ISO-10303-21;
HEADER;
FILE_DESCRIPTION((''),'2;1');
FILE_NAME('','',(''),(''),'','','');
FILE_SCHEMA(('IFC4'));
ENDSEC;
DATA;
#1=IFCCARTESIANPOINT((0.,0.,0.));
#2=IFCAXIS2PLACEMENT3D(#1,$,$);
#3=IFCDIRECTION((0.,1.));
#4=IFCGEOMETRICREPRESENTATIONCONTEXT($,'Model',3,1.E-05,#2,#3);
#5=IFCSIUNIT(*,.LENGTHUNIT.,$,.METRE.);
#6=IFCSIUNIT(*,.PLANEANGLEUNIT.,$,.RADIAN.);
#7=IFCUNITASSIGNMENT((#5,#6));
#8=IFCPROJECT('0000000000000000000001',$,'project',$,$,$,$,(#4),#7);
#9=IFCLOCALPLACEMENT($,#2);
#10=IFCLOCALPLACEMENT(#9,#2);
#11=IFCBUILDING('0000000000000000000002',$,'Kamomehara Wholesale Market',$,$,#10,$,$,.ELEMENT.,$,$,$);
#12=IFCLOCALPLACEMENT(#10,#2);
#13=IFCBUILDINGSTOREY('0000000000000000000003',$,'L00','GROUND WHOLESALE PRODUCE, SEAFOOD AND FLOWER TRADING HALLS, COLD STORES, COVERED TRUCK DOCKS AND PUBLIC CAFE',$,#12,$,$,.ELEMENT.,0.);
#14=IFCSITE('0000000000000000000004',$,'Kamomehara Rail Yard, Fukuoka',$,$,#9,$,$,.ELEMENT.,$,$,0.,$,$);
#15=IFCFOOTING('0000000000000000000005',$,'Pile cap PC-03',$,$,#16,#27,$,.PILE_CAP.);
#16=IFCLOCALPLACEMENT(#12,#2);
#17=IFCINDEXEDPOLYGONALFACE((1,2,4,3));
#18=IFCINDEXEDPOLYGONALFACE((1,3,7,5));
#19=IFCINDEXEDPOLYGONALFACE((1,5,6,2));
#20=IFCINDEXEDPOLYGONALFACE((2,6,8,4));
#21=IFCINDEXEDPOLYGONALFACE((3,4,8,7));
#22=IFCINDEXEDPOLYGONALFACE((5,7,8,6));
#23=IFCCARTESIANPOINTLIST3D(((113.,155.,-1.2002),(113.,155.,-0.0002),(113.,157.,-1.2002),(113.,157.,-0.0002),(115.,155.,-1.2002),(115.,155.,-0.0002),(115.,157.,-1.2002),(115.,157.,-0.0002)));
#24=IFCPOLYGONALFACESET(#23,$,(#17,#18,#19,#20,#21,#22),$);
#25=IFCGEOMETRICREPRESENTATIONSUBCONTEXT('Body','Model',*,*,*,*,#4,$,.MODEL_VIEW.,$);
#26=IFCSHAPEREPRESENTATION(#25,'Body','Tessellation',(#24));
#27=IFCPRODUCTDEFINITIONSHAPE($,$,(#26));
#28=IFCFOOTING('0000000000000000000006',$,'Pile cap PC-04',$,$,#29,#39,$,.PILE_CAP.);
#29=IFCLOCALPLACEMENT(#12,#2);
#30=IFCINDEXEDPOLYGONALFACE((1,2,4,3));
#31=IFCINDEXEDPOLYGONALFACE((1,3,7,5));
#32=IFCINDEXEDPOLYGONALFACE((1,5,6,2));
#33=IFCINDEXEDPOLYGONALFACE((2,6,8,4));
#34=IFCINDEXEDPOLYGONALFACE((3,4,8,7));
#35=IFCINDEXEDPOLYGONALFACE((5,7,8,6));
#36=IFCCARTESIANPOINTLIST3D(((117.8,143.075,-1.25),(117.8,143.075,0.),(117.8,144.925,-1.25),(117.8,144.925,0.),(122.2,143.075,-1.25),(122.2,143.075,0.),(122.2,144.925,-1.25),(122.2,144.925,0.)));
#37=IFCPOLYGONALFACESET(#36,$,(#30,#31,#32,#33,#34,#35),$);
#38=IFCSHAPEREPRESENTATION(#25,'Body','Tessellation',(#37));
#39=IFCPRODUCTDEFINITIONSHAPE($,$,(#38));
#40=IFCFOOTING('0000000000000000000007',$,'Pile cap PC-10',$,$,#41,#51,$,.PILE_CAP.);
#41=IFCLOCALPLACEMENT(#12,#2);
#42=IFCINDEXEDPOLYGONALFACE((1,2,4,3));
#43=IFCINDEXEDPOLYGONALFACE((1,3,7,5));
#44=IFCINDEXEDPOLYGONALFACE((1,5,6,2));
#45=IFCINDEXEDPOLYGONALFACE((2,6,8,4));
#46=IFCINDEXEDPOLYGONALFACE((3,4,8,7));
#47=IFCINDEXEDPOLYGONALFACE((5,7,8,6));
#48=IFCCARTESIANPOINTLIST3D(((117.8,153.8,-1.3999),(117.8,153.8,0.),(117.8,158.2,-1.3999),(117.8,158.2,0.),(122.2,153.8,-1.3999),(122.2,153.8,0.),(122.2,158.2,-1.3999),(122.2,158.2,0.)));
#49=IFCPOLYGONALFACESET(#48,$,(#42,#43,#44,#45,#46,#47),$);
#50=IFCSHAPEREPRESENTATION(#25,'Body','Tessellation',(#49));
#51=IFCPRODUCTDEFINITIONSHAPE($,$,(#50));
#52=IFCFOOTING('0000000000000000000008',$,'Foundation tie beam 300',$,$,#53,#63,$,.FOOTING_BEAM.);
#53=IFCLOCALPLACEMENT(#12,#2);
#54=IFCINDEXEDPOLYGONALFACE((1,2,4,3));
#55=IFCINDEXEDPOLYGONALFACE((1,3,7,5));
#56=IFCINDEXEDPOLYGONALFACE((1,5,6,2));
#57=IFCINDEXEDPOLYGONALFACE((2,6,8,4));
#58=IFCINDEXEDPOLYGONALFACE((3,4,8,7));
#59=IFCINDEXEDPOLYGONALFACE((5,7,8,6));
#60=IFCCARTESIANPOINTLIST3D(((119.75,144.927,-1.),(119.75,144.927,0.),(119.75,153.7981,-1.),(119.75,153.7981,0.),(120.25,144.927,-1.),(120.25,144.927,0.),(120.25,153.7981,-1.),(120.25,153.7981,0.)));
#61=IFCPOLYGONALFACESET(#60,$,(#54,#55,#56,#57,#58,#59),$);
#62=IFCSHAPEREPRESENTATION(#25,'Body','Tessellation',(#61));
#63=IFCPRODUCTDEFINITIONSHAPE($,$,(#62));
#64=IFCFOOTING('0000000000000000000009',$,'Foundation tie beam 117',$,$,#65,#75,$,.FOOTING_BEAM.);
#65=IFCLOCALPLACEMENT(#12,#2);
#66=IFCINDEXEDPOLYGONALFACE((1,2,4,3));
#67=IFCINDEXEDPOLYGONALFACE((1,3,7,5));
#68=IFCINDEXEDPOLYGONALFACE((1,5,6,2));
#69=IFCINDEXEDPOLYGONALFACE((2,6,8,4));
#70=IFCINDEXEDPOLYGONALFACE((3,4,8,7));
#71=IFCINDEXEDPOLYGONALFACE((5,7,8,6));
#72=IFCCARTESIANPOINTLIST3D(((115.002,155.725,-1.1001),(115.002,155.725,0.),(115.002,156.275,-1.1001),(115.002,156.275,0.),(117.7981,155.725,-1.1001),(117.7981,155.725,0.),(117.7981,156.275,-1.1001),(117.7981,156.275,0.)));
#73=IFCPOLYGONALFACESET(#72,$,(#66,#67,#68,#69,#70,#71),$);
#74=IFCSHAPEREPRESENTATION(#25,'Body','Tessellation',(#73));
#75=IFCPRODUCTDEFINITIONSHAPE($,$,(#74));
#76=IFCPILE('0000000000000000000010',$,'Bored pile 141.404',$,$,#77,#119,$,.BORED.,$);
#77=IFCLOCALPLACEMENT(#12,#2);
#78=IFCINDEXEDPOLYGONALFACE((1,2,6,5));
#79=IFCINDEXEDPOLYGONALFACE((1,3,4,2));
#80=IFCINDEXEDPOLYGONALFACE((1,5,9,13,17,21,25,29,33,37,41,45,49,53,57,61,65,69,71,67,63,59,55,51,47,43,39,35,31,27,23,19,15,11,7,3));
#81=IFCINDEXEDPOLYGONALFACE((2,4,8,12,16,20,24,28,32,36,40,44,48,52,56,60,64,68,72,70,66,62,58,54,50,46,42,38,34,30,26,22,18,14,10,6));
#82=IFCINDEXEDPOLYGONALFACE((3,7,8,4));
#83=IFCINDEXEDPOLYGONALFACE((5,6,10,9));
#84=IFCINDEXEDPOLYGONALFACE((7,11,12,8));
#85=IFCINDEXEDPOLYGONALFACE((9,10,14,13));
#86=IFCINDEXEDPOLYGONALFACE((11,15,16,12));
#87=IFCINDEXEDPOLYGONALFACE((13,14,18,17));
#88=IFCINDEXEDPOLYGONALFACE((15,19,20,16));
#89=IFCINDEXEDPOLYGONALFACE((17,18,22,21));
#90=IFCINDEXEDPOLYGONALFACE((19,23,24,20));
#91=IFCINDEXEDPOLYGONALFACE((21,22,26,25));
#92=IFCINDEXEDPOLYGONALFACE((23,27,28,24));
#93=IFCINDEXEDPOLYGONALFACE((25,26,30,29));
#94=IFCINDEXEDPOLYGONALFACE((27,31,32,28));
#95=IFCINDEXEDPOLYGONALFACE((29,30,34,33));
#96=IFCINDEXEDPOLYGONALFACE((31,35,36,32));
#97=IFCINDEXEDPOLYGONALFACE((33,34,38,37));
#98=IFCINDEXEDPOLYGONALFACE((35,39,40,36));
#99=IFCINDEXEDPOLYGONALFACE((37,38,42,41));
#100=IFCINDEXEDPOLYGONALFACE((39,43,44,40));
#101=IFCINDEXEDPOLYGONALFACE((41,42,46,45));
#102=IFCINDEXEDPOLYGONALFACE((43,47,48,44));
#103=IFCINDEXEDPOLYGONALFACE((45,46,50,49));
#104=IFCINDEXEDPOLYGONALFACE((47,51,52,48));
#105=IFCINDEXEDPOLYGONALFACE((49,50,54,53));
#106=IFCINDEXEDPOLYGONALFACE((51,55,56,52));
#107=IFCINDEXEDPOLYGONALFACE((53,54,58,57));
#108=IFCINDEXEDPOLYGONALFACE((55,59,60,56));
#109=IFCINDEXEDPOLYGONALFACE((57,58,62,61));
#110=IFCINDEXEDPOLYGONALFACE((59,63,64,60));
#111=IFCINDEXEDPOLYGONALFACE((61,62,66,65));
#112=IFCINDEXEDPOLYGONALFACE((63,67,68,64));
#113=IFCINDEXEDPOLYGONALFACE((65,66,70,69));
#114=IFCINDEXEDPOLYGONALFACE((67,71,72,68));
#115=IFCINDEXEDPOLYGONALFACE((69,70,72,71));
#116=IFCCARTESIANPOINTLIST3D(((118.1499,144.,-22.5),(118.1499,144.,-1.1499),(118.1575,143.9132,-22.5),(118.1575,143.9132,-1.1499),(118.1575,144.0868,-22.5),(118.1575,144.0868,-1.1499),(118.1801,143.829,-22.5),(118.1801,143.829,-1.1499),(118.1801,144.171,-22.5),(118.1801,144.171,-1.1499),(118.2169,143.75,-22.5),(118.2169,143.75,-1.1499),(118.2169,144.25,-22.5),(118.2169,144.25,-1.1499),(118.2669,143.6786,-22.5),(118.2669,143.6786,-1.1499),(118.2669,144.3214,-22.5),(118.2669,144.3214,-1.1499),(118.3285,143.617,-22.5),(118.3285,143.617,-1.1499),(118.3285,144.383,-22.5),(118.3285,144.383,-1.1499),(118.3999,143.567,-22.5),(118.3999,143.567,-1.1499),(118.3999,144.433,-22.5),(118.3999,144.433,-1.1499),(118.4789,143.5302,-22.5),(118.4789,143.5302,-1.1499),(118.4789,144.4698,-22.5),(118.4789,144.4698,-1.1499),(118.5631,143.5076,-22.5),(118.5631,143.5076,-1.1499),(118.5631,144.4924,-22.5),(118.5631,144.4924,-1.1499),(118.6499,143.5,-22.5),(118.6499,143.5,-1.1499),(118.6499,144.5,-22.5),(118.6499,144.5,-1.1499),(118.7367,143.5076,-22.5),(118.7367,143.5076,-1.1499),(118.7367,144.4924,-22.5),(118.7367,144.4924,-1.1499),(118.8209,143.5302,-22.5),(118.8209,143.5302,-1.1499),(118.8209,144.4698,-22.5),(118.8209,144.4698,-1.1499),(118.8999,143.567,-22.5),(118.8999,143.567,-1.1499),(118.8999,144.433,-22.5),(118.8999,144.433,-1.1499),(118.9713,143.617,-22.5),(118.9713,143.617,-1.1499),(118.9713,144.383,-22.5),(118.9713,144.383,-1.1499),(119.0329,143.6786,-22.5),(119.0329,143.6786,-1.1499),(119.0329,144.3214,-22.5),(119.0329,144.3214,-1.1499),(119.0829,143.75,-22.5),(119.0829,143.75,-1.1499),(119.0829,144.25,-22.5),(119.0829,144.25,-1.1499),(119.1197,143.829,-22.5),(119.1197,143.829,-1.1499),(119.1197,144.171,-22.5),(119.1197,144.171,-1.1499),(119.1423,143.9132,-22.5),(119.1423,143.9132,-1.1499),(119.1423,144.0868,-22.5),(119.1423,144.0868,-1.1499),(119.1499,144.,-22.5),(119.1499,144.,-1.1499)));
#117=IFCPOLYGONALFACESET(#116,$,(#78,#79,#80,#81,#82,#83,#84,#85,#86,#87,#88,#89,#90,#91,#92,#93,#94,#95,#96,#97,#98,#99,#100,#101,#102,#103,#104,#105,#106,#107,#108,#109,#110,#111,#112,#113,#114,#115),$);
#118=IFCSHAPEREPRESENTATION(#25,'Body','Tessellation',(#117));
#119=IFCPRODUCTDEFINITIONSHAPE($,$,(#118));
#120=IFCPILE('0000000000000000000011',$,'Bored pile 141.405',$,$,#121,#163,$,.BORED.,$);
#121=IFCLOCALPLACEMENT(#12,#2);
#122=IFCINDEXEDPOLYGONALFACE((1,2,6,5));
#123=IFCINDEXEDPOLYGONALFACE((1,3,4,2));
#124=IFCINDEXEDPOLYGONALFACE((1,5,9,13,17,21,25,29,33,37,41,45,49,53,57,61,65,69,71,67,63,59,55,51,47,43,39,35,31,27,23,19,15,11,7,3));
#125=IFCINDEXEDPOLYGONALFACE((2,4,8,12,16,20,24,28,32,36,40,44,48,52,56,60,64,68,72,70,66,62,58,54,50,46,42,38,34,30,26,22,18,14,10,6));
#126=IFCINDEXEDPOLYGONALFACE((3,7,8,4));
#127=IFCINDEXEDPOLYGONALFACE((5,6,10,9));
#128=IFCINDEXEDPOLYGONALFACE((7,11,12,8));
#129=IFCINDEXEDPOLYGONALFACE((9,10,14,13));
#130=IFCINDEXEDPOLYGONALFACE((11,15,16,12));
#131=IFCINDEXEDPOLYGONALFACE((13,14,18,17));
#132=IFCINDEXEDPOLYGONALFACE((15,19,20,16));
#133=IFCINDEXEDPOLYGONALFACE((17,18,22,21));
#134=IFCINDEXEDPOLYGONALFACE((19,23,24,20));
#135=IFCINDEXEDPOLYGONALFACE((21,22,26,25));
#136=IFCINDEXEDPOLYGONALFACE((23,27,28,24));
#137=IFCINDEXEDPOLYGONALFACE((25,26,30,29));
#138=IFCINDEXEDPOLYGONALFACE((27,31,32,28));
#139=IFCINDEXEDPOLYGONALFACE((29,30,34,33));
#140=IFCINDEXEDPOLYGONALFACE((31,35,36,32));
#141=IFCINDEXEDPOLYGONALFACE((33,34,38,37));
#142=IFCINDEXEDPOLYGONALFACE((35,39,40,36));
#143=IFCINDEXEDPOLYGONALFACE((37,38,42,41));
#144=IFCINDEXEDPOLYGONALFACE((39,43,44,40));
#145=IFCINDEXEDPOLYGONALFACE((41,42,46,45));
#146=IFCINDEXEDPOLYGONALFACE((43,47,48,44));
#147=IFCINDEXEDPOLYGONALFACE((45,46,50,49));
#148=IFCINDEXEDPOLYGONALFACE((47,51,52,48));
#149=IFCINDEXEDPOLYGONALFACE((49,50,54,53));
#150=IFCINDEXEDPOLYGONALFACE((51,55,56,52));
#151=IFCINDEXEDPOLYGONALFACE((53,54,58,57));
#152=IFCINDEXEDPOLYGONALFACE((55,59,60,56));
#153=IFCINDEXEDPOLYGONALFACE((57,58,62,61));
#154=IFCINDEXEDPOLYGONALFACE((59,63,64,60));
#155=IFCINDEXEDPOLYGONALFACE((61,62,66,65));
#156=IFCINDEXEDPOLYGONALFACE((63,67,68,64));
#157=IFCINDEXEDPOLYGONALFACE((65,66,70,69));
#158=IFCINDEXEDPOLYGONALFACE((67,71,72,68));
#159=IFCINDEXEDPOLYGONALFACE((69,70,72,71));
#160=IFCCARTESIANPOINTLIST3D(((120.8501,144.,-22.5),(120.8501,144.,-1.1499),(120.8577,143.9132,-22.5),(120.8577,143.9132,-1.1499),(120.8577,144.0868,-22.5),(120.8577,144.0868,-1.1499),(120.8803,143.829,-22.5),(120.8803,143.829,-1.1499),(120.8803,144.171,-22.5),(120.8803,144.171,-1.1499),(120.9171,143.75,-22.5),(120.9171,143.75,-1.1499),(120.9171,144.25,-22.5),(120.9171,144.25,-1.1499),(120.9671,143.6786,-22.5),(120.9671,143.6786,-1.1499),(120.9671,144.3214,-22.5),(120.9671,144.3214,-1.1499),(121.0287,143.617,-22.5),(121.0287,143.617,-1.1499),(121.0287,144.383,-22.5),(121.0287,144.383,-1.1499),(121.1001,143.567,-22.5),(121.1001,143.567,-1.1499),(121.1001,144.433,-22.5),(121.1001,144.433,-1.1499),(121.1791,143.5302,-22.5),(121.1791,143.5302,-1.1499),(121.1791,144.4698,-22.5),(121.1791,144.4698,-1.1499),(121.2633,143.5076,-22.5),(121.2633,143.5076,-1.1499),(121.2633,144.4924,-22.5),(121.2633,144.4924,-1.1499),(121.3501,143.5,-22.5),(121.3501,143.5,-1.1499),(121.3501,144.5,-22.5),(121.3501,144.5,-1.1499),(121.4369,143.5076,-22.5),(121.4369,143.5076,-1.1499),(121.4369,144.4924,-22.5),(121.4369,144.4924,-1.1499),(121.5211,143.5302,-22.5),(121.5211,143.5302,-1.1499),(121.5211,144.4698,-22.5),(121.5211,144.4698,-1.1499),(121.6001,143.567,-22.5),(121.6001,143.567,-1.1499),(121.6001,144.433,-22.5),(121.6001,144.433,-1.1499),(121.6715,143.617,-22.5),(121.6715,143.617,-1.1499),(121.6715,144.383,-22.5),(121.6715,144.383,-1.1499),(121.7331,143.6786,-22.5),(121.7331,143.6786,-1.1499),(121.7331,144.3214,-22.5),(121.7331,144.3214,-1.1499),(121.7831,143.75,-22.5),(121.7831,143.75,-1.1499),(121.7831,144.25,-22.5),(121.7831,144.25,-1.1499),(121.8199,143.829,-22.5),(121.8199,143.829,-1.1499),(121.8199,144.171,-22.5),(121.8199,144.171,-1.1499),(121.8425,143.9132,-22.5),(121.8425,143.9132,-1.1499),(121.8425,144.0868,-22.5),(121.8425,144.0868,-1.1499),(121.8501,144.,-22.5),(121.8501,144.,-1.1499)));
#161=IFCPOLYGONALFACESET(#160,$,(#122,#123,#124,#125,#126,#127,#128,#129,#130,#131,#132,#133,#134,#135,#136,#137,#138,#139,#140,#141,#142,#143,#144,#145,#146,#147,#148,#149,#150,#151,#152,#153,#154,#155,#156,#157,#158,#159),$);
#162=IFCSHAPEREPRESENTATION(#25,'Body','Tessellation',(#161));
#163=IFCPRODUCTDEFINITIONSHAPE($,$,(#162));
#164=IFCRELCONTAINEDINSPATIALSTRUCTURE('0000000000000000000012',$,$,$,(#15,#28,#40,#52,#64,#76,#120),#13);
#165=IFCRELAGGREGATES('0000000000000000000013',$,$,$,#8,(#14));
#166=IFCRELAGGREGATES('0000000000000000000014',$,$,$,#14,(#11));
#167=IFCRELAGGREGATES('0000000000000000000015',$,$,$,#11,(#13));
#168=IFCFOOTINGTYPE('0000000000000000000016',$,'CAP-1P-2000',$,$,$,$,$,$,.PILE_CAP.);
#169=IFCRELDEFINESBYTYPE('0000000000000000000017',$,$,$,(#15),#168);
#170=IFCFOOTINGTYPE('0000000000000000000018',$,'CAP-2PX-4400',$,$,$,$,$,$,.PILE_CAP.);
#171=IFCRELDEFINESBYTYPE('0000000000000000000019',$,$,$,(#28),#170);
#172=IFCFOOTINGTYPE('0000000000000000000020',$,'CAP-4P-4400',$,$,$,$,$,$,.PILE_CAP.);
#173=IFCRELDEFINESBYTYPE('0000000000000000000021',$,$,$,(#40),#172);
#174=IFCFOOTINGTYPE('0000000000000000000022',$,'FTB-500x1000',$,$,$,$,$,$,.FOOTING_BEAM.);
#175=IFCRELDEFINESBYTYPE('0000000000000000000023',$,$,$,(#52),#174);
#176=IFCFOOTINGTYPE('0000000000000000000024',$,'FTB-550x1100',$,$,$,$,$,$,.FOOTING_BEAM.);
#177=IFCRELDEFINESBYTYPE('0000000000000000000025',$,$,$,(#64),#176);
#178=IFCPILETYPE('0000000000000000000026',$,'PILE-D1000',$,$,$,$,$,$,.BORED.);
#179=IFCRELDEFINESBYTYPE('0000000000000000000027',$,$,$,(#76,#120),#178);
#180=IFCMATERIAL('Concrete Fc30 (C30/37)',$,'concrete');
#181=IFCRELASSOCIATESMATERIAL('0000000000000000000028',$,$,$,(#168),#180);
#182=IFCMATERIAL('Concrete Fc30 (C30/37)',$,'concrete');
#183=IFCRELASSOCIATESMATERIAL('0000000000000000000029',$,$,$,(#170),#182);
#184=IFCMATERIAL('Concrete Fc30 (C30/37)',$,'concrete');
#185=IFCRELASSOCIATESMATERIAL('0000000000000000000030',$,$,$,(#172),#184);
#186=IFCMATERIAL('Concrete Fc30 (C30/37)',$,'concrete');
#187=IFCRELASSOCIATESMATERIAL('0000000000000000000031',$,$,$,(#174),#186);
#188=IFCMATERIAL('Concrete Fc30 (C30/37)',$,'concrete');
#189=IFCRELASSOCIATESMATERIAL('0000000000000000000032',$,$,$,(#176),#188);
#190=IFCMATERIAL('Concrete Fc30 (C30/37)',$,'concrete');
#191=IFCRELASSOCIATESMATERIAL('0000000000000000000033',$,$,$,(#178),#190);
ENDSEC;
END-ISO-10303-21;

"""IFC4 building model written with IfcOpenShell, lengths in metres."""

from ifc_helpers import new_model, si_unit, direction, frame, origin, origin_2d, place, context, subcontext, project, spatial, rectangle, circle, extrude, material, material_profile, profile_set, type_object, element, save


model = new_model("IFC4")

# Units and contexts
model_context = context("Model", 3, precision=1e-05, world=origin(), true_north=direction((0.0, 1.0)))
body_context = subcontext(model_context, "Body", "Model", "MODEL_VIEW")
ifc_project = project(units=[si_unit("LENGTHUNIT", "METRE"), si_unit("PLANEANGLEUNIT", "RADIAN")], contexts=[model_context])

# Site, building, storey
site_placement = place(None, origin())
site = spatial("IfcSite", under=ifc_project, at=site_placement, Name="Kamomehara Rail Yard, Fukuoka", CompositionType="ELEMENT", RefElevation=0.0)
building_placement = place(site_placement, origin())
building = spatial("IfcBuilding", under=site, at=building_placement, Name="Kamomehara Wholesale Market", CompositionType="ELEMENT")
storey_placement = place(building_placement, origin())
storey = spatial("IfcBuildingStorey", under=building, at=storey_placement, Name="L00", Description="GROUND WHOLESALE PRODUCE, SEAFOOD AND FLOWER TRADING HALLS, COLD STORES, COVERED TRUCK DOCKS AND PUBLIC CAFE", CompositionType="ELEMENT", Elevation=0.0)

# Footings
ifc_material_1 = material(Name="Concrete Fc30 (C30/37)", Category="concrete")
footing_type_1 = type_object("IfcFootingType", Name="CAP-1P-2000", PredefinedType="PILE_CAP", material=ifc_material_1)
footing_1_placement = place(storey_placement, frame((114.0, 156.0, -1.2002), z_axis=(0.0, 0.0, 1.0), x_axis=(1.0, 0.0, 0.0)))
element("IfcFooting", 1, at=footing_1_placement, inside=storey, type_object=footing_type_1, Name="Pile cap PC-03", PredefinedType="PILE_CAP", context=body_context, shape_type="SweptSolid", body=[
    extrude(rectangle(XDim=2.0, YDim=2.0, at=origin_2d()), origin(), (0.0, 0.0, 1.0), 1.2),
])
ifc_material_2 = material(Name="Concrete Fc30 (C30/37)", Category="concrete")
footing_type_2 = type_object("IfcFootingType", Name="CAP-2PX-4400", PredefinedType="PILE_CAP", material=ifc_material_2)
footing_2_placement = place(storey_placement, frame((120.0, 144.0, -1.25), z_axis=(0.0, 0.0, 1.0), x_axis=(1.0, 0.0, 0.0)))
element("IfcFooting", 2, at=footing_2_placement, inside=storey, type_object=footing_type_2, Name="Pile cap PC-04", PredefinedType="PILE_CAP", context=body_context, shape_type="SweptSolid", body=[
    extrude(rectangle(XDim=4.3999, YDim=1.8501, at=origin_2d()), origin(), (0.0, 0.0, 1.0), 1.25),
])
ifc_material_3 = material(Name="Concrete Fc30 (C30/37)", Category="concrete")
footing_type_3 = type_object("IfcFootingType", Name="CAP-4P-4400", PredefinedType="PILE_CAP", material=ifc_material_3)
footing_3_placement = place(storey_placement, frame((120.0, 156.0, -1.3999), z_axis=(0.0, 0.0, 1.0), x_axis=(1.0, 0.0, 0.0)))
element("IfcFooting", 3, at=footing_3_placement, inside=storey, type_object=footing_type_3, Name="Pile cap PC-10", PredefinedType="PILE_CAP", context=body_context, shape_type="SweptSolid", body=[
    extrude(rectangle(XDim=4.3999, YDim=4.3999, at=origin_2d()), origin(), (0.0, 0.0, 1.0), 1.3999),
])
ifc_material_4 = material(Name="Concrete Fc30 (C30/37)", Category="concrete")
ifc_material_profile_1 = material_profile(ifc_material_4, rectangle(XDim=0.5, YDim=1.0, at=origin_2d()), Name="RC-FTB-500x1000")
ifc_profile_set_1 = profile_set([ifc_material_profile_1], Name="Concrete Fc30 (C30/37)")
footing_type_4 = type_object("IfcFootingType", Name="FTB-500x1000", PredefinedType="FOOTING_BEAM", material=ifc_profile_set_1)
footing_4_placement = place(storey_placement, frame((120.0, 144.927, -0.5), z_axis=(0.0, 1.0, 0.0), x_axis=(-1.0, 0.0, 0.0)))
element("IfcFooting", 4, at=footing_4_placement, inside=storey, type_object=footing_type_4, Name="Foundation tie beam 300", PredefinedType="FOOTING_BEAM", context=body_context, shape_type="SweptSolid", body=[
    extrude(rectangle(XDim=0.5, YDim=1.0, at=origin_2d()), origin(), (0.0, 0.0, 1.0), 8.8711),
])
ifc_material_5 = material(Name="Concrete Fc30 (C30/37)", Category="concrete")
ifc_material_profile_2 = material_profile(ifc_material_5, rectangle(XDim=0.55, YDim=1.1001, at=origin_2d()), Name="RC-FTB-550x1100")
ifc_profile_set_2 = profile_set([ifc_material_profile_2], Name="Concrete Fc30 (C30/37)")
footing_type_5 = type_object("IfcFootingType", Name="FTB-550x1100", PredefinedType="FOOTING_BEAM", material=ifc_profile_set_2)
footing_5_placement = place(storey_placement, frame((115.002, 156.0, -0.55), z_axis=(1.0, 0.0, 0.0), x_axis=(0.0, 1.0, 0.0)))
element("IfcFooting", 5, at=footing_5_placement, inside=storey, type_object=footing_type_5, Name="Foundation tie beam 117", PredefinedType="FOOTING_BEAM", context=body_context, shape_type="SweptSolid", body=[
    extrude(rectangle(XDim=0.55, YDim=1.1001, at=origin_2d()), origin(), (0.0, 0.0, 1.0), 2.7961),
])

# Piles
ifc_material_6 = material(Name="Concrete Fc30 (C30/37)", Category="concrete")
ifc_material_profile_3 = material_profile(ifc_material_6, circle(Radius=0.5, at=origin_2d()), Name="RC-PILE-D1000")
ifc_profile_set_3 = profile_set([ifc_material_profile_3], Name="Concrete Fc30 (C30/37)")
pile_type_1 = type_object("IfcPileType", Name="PILE-D1000", PredefinedType="BORED", material=ifc_profile_set_3)
for number, where, z_axis, x_axis, name in (
    (6, (118.6499, 144.0, -1.1499), (0.0, 0.0, -1.0), (1.0, 0.0, 0.0), "Bored pile 141.404"),
    (7, (121.3501, 144.0, -1.1499), (0.0, 0.0, -1.0), (1.0, 0.0, 0.0), "Bored pile 141.405"),
):
    element("IfcPile", number, at=place(storey_placement, frame(where, z_axis=z_axis, x_axis=x_axis)), inside=storey, type_object=pile_type_1, Name=name, PredefinedType="BORED", context=body_context, shape_type="SweptSolid", body=[
        extrude(circle(Radius=0.5, at=origin_2d()), origin(), (0.0, 0.0, 1.0), 21.3501),
    ])

save(model, "model.ifc")
